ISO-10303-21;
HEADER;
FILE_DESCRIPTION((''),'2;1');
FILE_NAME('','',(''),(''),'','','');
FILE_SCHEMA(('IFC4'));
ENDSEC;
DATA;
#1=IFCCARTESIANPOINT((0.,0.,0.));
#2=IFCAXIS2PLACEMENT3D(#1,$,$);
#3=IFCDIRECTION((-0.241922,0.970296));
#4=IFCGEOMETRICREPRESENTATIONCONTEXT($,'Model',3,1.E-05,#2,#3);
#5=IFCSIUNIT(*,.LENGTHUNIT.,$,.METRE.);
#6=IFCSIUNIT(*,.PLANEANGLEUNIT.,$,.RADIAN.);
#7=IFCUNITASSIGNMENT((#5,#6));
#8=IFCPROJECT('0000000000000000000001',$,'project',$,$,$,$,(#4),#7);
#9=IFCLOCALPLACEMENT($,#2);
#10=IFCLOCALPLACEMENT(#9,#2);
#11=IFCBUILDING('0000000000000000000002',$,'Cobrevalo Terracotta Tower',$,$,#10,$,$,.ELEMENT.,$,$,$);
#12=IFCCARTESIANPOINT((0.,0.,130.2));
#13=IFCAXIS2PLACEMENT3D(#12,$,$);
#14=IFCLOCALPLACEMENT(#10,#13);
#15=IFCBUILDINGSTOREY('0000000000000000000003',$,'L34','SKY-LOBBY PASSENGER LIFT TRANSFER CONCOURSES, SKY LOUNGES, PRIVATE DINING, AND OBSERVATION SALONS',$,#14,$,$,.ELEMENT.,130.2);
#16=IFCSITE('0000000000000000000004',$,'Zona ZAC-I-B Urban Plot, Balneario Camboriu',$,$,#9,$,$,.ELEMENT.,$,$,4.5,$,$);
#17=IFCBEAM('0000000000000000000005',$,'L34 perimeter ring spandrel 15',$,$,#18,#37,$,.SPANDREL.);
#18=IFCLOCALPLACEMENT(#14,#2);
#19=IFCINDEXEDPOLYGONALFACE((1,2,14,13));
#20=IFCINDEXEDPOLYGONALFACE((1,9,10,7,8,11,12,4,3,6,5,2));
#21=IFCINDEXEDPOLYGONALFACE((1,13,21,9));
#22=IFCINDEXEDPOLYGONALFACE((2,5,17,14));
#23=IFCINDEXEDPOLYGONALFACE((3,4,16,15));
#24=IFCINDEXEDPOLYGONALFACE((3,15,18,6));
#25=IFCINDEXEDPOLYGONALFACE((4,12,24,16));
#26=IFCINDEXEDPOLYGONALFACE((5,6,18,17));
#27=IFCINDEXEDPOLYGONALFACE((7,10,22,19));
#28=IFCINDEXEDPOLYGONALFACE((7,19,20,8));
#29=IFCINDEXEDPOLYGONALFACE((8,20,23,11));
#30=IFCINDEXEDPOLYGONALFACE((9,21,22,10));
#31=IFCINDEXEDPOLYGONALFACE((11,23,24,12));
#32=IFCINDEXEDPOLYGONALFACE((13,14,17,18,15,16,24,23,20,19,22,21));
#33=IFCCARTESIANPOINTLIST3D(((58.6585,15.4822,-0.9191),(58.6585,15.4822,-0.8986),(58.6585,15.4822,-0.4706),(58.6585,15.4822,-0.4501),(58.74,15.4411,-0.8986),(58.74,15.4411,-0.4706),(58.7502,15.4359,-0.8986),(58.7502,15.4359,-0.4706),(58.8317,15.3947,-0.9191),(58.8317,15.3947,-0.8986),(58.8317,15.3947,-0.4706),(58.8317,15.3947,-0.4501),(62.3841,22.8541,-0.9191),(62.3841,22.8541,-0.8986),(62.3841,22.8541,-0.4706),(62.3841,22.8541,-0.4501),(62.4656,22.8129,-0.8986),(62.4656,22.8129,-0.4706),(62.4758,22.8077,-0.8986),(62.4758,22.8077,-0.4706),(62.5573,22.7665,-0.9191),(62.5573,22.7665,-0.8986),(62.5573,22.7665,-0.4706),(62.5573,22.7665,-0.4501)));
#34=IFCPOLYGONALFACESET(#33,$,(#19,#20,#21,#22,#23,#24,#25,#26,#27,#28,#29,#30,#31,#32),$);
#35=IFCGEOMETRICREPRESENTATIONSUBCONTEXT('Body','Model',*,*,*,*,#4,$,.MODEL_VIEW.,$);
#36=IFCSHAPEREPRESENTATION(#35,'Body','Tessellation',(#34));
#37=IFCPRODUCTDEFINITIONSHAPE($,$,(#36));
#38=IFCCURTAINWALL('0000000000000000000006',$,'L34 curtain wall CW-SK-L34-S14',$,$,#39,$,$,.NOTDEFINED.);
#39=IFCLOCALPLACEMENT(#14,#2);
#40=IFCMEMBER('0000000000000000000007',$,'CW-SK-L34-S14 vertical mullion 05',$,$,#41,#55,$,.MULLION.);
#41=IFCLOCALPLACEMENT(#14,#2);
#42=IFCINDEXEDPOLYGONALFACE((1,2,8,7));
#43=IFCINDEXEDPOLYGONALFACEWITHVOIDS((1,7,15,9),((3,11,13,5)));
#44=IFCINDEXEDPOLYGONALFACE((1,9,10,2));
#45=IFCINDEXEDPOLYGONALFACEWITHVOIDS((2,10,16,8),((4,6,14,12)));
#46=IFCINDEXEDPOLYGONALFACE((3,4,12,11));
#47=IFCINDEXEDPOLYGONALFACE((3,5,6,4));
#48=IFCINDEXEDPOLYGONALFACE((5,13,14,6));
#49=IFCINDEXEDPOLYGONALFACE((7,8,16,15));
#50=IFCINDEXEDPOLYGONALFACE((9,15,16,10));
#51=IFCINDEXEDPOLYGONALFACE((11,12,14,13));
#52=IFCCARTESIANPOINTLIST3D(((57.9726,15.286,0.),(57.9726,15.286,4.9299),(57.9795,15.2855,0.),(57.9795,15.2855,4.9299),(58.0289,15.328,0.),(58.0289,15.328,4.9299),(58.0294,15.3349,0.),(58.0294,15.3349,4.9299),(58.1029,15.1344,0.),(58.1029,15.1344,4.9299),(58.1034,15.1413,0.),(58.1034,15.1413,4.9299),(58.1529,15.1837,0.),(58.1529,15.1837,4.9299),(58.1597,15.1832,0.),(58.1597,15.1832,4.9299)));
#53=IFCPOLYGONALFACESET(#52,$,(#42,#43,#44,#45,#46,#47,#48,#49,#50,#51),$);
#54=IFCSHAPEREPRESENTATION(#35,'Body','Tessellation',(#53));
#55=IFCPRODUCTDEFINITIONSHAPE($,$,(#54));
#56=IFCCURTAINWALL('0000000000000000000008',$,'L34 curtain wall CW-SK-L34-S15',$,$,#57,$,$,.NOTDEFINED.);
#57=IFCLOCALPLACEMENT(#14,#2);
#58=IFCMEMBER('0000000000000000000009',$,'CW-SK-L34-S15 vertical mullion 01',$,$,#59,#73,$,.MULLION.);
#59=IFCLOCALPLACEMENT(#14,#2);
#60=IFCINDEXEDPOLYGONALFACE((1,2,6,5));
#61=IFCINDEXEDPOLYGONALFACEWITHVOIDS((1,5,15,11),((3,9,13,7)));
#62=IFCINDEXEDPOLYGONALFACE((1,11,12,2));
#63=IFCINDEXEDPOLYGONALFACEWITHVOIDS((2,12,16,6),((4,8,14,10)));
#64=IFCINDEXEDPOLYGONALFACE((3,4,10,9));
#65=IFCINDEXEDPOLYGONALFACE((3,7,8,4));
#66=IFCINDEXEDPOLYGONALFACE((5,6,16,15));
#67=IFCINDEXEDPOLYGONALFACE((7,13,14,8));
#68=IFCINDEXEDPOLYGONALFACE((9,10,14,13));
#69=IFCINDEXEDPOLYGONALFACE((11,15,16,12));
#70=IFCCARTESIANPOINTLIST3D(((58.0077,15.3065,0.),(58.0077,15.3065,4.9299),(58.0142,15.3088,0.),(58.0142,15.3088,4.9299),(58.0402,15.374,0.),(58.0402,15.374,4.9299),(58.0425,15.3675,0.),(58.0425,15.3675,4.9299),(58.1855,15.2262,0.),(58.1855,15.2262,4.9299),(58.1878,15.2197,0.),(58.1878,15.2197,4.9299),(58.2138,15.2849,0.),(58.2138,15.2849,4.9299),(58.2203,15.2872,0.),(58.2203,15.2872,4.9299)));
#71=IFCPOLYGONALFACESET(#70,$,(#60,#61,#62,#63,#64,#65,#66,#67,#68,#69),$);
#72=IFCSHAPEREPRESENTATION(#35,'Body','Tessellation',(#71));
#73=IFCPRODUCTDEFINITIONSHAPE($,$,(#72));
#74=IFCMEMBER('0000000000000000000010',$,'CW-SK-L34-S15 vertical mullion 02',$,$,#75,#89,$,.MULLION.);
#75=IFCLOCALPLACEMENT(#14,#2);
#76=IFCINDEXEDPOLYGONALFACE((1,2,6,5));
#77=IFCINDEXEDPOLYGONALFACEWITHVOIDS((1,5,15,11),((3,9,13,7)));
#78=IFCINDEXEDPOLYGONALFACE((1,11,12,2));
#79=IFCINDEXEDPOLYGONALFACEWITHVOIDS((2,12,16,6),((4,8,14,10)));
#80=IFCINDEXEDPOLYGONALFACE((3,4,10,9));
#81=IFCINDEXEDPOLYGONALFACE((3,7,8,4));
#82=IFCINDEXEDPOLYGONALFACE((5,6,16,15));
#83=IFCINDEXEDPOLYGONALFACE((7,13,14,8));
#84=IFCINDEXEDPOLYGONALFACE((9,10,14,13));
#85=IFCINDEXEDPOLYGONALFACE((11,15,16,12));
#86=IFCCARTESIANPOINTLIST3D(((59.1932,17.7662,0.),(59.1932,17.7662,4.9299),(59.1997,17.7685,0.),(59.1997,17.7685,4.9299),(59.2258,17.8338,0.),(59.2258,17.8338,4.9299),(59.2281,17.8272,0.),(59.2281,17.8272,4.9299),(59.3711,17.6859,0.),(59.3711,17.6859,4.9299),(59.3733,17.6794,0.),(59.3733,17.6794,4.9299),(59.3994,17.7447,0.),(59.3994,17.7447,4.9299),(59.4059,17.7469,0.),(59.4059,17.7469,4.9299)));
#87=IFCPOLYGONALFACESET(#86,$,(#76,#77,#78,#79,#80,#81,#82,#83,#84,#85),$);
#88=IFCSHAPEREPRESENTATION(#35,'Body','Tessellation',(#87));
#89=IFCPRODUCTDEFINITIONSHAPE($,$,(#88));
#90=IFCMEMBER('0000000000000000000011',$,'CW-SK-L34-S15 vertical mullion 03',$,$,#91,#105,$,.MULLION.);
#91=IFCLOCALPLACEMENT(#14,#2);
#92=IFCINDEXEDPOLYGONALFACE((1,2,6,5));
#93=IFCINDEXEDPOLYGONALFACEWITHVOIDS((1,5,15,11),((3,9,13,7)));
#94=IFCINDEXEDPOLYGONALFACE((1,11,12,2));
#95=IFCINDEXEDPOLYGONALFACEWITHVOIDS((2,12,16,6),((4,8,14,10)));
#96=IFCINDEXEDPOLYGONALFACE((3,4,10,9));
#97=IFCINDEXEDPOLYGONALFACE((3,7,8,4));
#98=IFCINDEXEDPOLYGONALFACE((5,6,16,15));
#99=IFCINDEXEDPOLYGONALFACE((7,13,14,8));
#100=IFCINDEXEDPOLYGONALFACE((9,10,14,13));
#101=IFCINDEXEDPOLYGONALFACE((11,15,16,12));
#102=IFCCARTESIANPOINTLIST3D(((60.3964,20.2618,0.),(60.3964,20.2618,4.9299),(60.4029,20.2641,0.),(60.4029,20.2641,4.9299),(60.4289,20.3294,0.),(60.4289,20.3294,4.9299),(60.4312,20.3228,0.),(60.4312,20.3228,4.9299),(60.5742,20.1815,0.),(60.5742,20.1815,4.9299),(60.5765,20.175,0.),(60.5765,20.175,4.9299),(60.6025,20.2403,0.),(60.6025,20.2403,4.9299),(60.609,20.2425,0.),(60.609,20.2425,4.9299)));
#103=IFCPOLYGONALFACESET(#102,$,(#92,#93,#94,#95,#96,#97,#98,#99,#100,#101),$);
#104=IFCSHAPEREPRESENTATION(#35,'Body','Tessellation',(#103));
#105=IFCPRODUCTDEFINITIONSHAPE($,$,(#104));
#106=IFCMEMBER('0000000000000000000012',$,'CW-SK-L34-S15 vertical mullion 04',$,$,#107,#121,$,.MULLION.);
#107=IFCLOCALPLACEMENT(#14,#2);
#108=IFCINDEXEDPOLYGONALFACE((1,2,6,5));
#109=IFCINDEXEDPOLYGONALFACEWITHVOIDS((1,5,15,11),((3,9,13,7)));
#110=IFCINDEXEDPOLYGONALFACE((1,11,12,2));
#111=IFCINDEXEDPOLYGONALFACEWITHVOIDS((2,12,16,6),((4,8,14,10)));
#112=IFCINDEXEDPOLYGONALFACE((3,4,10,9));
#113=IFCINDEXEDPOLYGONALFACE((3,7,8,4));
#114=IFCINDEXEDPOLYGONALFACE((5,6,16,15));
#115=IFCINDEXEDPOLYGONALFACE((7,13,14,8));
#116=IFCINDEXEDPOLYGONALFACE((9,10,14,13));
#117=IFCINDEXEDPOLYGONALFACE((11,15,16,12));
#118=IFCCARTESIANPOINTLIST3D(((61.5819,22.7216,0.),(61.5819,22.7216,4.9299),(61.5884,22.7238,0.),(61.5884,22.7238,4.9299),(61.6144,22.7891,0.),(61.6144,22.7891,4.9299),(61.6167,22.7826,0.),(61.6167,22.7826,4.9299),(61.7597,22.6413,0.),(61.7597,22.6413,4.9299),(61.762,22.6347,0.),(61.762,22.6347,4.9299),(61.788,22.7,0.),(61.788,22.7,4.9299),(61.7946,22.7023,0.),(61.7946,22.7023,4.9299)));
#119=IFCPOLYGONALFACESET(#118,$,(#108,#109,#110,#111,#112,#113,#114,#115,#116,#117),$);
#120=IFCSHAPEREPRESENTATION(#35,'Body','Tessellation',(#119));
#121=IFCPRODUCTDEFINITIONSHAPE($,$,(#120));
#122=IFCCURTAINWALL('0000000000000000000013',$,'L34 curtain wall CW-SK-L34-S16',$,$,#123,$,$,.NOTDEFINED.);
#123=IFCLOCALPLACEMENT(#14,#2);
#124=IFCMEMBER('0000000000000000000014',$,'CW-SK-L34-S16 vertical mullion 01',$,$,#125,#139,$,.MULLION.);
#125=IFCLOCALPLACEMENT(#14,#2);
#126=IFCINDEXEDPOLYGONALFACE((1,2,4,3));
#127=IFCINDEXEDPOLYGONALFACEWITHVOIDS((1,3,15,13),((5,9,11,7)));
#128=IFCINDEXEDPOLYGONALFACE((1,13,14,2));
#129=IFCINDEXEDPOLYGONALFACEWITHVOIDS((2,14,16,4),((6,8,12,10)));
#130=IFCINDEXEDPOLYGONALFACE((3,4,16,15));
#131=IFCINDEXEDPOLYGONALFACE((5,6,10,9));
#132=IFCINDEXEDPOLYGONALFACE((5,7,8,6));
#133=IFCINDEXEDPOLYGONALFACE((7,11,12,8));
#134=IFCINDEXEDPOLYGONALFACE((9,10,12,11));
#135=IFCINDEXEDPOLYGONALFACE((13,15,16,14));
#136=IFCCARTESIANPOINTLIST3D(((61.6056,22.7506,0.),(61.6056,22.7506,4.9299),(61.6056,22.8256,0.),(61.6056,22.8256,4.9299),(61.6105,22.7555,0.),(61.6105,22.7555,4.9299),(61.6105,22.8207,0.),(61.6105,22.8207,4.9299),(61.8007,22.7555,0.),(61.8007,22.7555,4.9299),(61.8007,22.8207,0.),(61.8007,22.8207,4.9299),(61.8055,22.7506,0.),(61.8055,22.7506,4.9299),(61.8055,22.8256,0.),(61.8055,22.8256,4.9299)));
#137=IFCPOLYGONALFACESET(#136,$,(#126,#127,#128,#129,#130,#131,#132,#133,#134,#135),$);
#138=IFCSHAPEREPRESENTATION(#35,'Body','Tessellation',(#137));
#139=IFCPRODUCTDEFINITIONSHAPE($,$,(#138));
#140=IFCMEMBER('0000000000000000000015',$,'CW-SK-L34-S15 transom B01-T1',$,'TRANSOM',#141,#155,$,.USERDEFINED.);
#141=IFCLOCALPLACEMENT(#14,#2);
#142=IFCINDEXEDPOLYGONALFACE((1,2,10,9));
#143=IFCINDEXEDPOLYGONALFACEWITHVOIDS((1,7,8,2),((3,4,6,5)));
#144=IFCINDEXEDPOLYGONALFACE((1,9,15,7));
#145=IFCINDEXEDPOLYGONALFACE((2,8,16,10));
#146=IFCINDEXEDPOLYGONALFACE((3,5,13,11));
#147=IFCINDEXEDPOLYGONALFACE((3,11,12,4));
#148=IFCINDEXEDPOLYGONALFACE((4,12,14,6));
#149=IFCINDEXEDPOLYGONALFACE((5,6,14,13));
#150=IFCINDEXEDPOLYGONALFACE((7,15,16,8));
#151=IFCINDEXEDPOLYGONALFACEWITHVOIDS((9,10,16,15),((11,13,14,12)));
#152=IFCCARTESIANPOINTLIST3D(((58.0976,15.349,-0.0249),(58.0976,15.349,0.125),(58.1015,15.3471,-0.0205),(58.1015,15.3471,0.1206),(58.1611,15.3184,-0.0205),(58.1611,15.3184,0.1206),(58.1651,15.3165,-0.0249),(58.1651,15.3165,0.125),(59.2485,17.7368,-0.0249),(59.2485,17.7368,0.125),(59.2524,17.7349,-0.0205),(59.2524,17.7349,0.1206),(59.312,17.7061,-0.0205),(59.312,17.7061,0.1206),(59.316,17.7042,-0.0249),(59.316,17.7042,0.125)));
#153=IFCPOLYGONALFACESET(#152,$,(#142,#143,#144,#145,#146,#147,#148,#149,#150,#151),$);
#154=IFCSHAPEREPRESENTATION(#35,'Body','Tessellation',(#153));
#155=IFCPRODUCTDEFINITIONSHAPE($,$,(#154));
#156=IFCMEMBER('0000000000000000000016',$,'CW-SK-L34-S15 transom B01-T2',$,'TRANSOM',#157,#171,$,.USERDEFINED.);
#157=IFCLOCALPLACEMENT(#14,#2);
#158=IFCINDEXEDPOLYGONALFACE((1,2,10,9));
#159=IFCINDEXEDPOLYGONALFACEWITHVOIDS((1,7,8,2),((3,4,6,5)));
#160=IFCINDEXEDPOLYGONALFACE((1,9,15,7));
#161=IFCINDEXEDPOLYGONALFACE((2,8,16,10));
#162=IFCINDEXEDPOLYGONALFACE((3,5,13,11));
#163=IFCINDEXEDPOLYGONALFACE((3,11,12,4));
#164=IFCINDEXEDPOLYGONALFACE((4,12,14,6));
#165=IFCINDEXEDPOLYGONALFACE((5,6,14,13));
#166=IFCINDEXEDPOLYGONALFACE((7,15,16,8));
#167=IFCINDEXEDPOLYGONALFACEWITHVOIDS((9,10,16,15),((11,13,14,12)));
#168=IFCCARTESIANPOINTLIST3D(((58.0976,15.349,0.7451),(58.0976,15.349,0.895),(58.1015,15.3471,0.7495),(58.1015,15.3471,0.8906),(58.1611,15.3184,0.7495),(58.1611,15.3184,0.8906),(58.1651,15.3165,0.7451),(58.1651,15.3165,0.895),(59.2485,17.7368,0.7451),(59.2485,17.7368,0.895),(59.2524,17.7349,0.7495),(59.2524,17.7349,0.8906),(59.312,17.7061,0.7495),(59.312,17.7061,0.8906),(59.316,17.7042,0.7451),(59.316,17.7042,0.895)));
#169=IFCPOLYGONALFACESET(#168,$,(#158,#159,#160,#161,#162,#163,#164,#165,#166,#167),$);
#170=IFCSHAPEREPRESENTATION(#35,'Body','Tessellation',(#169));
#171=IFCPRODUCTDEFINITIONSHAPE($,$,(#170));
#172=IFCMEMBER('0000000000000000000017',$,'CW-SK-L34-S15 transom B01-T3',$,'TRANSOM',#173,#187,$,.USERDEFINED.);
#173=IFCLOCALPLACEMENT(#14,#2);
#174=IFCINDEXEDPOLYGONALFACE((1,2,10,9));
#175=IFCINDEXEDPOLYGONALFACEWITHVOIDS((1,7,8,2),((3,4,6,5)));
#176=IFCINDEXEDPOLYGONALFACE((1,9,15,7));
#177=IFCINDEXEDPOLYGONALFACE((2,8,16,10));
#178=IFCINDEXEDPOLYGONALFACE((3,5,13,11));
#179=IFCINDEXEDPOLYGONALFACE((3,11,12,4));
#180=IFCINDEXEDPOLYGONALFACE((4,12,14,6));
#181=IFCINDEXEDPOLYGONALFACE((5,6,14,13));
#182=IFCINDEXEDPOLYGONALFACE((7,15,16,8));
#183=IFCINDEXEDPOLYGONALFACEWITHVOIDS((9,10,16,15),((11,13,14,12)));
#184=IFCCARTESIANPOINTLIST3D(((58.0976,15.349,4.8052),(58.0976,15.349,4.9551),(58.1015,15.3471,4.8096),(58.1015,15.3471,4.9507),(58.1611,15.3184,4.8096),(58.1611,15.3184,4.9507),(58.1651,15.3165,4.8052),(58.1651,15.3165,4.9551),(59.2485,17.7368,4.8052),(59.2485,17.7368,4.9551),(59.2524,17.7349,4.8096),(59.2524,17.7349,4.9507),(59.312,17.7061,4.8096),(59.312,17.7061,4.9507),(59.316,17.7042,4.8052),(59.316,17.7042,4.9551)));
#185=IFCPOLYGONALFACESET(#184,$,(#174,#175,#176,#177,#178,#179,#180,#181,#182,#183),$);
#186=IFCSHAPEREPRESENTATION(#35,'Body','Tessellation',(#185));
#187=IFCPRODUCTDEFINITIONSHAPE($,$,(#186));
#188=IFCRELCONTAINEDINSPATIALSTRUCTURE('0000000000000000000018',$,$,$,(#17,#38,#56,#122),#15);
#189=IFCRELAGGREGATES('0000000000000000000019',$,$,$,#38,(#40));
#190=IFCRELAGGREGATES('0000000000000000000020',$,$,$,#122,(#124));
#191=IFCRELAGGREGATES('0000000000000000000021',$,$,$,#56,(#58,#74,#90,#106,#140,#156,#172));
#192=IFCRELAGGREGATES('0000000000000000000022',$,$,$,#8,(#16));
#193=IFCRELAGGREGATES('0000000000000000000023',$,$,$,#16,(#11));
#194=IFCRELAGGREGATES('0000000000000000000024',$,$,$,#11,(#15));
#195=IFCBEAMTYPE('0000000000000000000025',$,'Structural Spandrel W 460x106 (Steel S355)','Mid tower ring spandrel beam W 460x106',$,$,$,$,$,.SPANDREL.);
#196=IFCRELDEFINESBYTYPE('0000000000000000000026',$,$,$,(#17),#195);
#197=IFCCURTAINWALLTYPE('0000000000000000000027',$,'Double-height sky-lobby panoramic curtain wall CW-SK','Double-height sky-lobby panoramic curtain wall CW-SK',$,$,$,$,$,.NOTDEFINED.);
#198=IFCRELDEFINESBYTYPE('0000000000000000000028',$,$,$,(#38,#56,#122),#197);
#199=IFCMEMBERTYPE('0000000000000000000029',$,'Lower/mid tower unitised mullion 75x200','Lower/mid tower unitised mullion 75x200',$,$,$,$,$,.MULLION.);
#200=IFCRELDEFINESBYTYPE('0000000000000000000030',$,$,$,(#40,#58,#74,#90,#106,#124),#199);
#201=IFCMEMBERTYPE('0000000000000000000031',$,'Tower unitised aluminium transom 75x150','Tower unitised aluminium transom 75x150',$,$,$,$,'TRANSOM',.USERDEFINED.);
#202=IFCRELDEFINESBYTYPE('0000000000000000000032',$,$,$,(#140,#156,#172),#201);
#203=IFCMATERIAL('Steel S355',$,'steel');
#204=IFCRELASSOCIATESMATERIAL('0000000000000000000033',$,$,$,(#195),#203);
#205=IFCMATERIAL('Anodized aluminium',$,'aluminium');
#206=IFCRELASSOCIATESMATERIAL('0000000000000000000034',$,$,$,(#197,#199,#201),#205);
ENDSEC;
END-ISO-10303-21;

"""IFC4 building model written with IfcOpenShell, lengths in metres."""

from ifc_helpers import new_model, si_unit, direction, frame, origin, origin_2d, place, context, subcontext, project, spatial, hollow_rectangle, i_section, extrude, source, transform, mapped, material, material_profile, profile_set, type_object, element, aggregate, save


model = new_model("IFC4")

# Units and contexts
model_context = context("Model", 3, precision=1e-05, world=origin(), true_north=direction((-0.241922, 0.970296)))
body_context = subcontext(model_context, "Body", "Model", "MODEL_VIEW")
ifc_project = project(units=[si_unit("LENGTHUNIT", "METRE"), si_unit("PLANEANGLEUNIT", "RADIAN")], contexts=[model_context])

# Site, building, storey
site_placement = place(None, origin())
site = spatial("IfcSite", under=ifc_project, at=site_placement, Name="Zona ZAC-I-B Urban Plot, Balneario Camboriu", CompositionType="ELEMENT", RefElevation=4.5)
building_placement = place(site_placement, origin())
building = spatial("IfcBuilding", under=site, at=building_placement, Name="Cobrevalo Terracotta Tower", CompositionType="ELEMENT")
storey_placement = place(building_placement, frame((0.0, 0.0, 130.2)))
storey = spatial("IfcBuildingStorey", under=building, at=storey_placement, Name="L34", Description="SKY-LOBBY PASSENGER LIFT TRANSFER CONCOURSES, SKY LOUNGES, PRIVATE DINING, AND OBSERVATION SALONS", CompositionType="ELEMENT", Elevation=130.2)

# Shared definitions
ifc_material_1 = material(Name="Steel S355", Category="steel")

# Beam
ifc_material_profile_1 = material_profile(ifc_material_1, i_section(OverallWidth=0.1941, OverallDepth=0.469, WebThickness=0.0115, FlangeThickness=0.0205, at=origin_2d()), Name="W 460x106")
ifc_profile_set_1 = profile_set([ifc_material_profile_1], Name="Steel S355")
beam_type_1 = type_object("IfcBeamType", Name="Structural Spandrel W 460x106 (Steel S355)", Description="Mid tower ring spandrel beam W 460x106", PredefinedType="SPANDREL", material=ifc_profile_set_1)
beam_1_placement = place(storey_placement, frame((58.7451, 15.4385, -0.6846), z_axis=(0.451052, 0.892498, 0.0), x_axis=(-0.892498, 0.451052, 0.0)))
element("IfcBeam", 1, at=beam_1_placement, inside=storey, type_object=beam_type_1, Name="L34 perimeter ring spandrel 15", PredefinedType="SPANDREL", context=body_context, shape_type="SweptSolid", body=[
    extrude(i_section(OverallWidth=0.1941, OverallDepth=0.469, WebThickness=0.0115, FlangeThickness=0.0205, at=origin_2d()), origin(), (0.0, 0.0, 1.0), 8.2598),
])

# Curtain wall, member
ifc_material_2 = material(Name="Anodized aluminium", Category="aluminium")
curtain_wall_type = type_object("IfcCurtainWallType", Name="Double-height sky-lobby panoramic curtain wall CW-SK", Description="Double-height sky-lobby panoramic curtain wall CW-SK", PredefinedType="NOTDEFINED", material=ifc_material_2)
curtain_wall_1_placement = place(storey_placement, origin())
curtain_wall_1 = element("IfcCurtainWall", 2, at=curtain_wall_1_placement, inside=storey, type_object=curtain_wall_type, Name="L34 curtain wall CW-SK-L34-S14", PredefinedType="NOTDEFINED")
ifc_material_profile_2 = material_profile(ifc_material_2, hollow_rectangle(XDim=0.075, YDim=0.2, WallThickness=0.0049, at=origin_2d()), Name="CWM 75x200")
ifc_profile_set_2 = profile_set([ifc_material_profile_2], Name="Anodized aluminium")
member_type_1 = type_object("IfcMemberType", Name="Lower/mid tower unitised mullion 75x200", Description="Lower/mid tower unitised mullion 75x200", PredefinedType="MULLION", material=ifc_profile_set_2)
shared_shape_1 = source(origin(), body_context, "Body", "SweptSolid", [
    extrude(hollow_rectangle(XDim=0.075, YDim=0.2, WallThickness=0.0049, at=origin_2d()), origin(), (0.0, 0.0, 1.0), 4.9299),
])
member_1_placement = place(storey_placement, frame((58.0662, 15.2346, 0.0), z_axis=(0.0, 0.0, 1.0), x_axis=(0.758442, 0.651741, 0.0)))
member_1 = element("IfcMember", 3, at=member_1_placement, type_object=member_type_1, Name="CW-SK-L34-S14 vertical mullion 05", PredefinedType="MULLION", context=body_context, shape_type="MappedRepresentation", body=[
    mapped(shared_shape_1, transform((0.0, 0.0, 0.0), scale=1.0)),
])
aggregate(curtain_wall_1, [member_1])

# Curtain wall, members
curtain_wall_2_placement = place(storey_placement, origin())
curtain_wall_2 = element("IfcCurtainWall", 4, at=curtain_wall_2_placement, inside=storey, type_object=curtain_wall_type, Name="L34 curtain wall CW-SK-L34-S15", PredefinedType="NOTDEFINED")
member_2_placement = place(storey_placement, frame((58.114, 15.2969, 0.0), z_axis=(0.0, 0.0, 1.0), x_axis=(0.434209, 0.900812, 0.0)))
member_2 = element("IfcMember", 5, at=member_2_placement, type_object=member_type_1, Name="CW-SK-L34-S15 vertical mullion 01", PredefinedType="MULLION", context=body_context, shape_type="MappedRepresentation", body=[
    mapped(shared_shape_1, transform((0.0, 0.0, 0.0), scale=1.0)),
])
member_3_placement = place(storey_placement, frame((59.2996, 17.7566, 0.0), z_axis=(0.0, 0.0, 1.0), x_axis=(0.434209, 0.900812, 0.0)))
member_3 = element("IfcMember", 6, at=member_3_placement, type_object=member_type_1, Name="CW-SK-L34-S15 vertical mullion 02", PredefinedType="MULLION", context=body_context, shape_type="MappedRepresentation", body=[
    mapped(shared_shape_1, transform((0.0, 0.0, 0.0), scale=1.0)),
])
member_4_placement = place(storey_placement, frame((60.5027, 20.2522, 0.0), z_axis=(0.0, 0.0, 1.0), x_axis=(0.434209, 0.900812, 0.0)))
member_4 = element("IfcMember", 7, at=member_4_placement, type_object=member_type_1, Name="CW-SK-L34-S15 vertical mullion 03", PredefinedType="MULLION", context=body_context, shape_type="MappedRepresentation", body=[
    mapped(shared_shape_1, transform((0.0, 0.0, 0.0), scale=1.0)),
])
member_5_placement = place(storey_placement, frame((61.6882, 22.7119, 0.0), z_axis=(0.0, 0.0, 1.0), x_axis=(0.434209, 0.900812, 0.0)))
member_5 = element("IfcMember", 8, at=member_5_placement, type_object=member_type_1, Name="CW-SK-L34-S15 vertical mullion 04", PredefinedType="MULLION", context=body_context, shape_type="MappedRepresentation", body=[
    mapped(shared_shape_1, transform((0.0, 0.0, 0.0), scale=1.0)),
])

# Curtain wall, member
curtain_wall_3_placement = place(storey_placement, origin())
curtain_wall_3 = element("IfcCurtainWall", 9, at=curtain_wall_3_placement, inside=storey, type_object=curtain_wall_type, Name="L34 curtain wall CW-SK-L34-S16", PredefinedType="NOTDEFINED")
member_6_placement = place(storey_placement, frame((61.7056, 22.7881, 0.0), z_axis=(0.0, 0.0, 1.0), x_axis=(0.0, 1.0, 0.0)))
member_6 = element("IfcMember", 10, at=member_6_placement, type_object=member_type_1, Name="CW-SK-L34-S16 vertical mullion 01", PredefinedType="MULLION", context=body_context, shape_type="MappedRepresentation", body=[
    mapped(shared_shape_1, transform((0.0, 0.0, 0.0), scale=1.0)),
])
aggregate(curtain_wall_3, [member_6])

# Members
ifc_material_profile_3 = material_profile(ifc_material_2, hollow_rectangle(XDim=0.075, YDim=0.1499, WallThickness=0.0044, at=origin_2d()), Name="CWT 75x150")
ifc_profile_set_3 = profile_set([ifc_material_profile_3], Name="Anodized aluminium")
member_type_2 = type_object("IfcMemberType", Name="Tower unitised aluminium transom 75x150", Description="Tower unitised aluminium transom 75x150", ElementType="TRANSOM", PredefinedType="USERDEFINED", material=ifc_profile_set_3)
shared_shape_2 = source(origin(), body_context, "Body", "SweptSolid", [
    extrude(hollow_rectangle(XDim=0.075, YDim=0.1499, WallThickness=0.0044, at=origin_2d()), origin(), (0.0, 0.0, 1.0), 2.6506),
])
member_7_placement = place(storey_placement, frame((58.1313, 15.3328, 0.05), z_axis=(0.434198, 0.900818, 0.0), x_axis=(-0.900818, 0.434198, 0.0)))
member_7 = element("IfcMember", 11, at=member_7_placement, type_object=member_type_2, Name="CW-SK-L34-S15 transom B01-T1", ObjectType="TRANSOM", PredefinedType="USERDEFINED", context=body_context, shape_type="MappedRepresentation", body=[
    mapped(shared_shape_2, transform((0.0, 0.0, 0.0), scale=1.0)),
])
member_8_placement = place(storey_placement, frame((58.1313, 15.3328, 0.8201), z_axis=(0.434198, 0.900818, 0.0), x_axis=(-0.900818, 0.434198, 0.0)))
member_8 = element("IfcMember", 12, at=member_8_placement, type_object=member_type_2, Name="CW-SK-L34-S15 transom B01-T2", ObjectType="TRANSOM", PredefinedType="USERDEFINED", context=body_context, shape_type="MappedRepresentation", body=[
    mapped(shared_shape_2, transform((0.0, 0.0, 0.0), scale=1.0)),
])
member_9_placement = place(storey_placement, frame((58.1313, 15.3328, 4.8801), z_axis=(0.434198, 0.900818, 0.0), x_axis=(-0.900818, 0.434198, 0.0)))
member_9 = element("IfcMember", 13, at=member_9_placement, type_object=member_type_2, Name="CW-SK-L34-S15 transom B01-T3", ObjectType="TRANSOM", PredefinedType="USERDEFINED", context=body_context, shape_type="MappedRepresentation", body=[
    mapped(shared_shape_2, transform((0.0, 0.0, 0.0), scale=1.0)),
])

aggregate(curtain_wall_2, [member_2, member_3, member_4, member_5, member_7, member_8, member_9])

save(model, "model.ifc")
